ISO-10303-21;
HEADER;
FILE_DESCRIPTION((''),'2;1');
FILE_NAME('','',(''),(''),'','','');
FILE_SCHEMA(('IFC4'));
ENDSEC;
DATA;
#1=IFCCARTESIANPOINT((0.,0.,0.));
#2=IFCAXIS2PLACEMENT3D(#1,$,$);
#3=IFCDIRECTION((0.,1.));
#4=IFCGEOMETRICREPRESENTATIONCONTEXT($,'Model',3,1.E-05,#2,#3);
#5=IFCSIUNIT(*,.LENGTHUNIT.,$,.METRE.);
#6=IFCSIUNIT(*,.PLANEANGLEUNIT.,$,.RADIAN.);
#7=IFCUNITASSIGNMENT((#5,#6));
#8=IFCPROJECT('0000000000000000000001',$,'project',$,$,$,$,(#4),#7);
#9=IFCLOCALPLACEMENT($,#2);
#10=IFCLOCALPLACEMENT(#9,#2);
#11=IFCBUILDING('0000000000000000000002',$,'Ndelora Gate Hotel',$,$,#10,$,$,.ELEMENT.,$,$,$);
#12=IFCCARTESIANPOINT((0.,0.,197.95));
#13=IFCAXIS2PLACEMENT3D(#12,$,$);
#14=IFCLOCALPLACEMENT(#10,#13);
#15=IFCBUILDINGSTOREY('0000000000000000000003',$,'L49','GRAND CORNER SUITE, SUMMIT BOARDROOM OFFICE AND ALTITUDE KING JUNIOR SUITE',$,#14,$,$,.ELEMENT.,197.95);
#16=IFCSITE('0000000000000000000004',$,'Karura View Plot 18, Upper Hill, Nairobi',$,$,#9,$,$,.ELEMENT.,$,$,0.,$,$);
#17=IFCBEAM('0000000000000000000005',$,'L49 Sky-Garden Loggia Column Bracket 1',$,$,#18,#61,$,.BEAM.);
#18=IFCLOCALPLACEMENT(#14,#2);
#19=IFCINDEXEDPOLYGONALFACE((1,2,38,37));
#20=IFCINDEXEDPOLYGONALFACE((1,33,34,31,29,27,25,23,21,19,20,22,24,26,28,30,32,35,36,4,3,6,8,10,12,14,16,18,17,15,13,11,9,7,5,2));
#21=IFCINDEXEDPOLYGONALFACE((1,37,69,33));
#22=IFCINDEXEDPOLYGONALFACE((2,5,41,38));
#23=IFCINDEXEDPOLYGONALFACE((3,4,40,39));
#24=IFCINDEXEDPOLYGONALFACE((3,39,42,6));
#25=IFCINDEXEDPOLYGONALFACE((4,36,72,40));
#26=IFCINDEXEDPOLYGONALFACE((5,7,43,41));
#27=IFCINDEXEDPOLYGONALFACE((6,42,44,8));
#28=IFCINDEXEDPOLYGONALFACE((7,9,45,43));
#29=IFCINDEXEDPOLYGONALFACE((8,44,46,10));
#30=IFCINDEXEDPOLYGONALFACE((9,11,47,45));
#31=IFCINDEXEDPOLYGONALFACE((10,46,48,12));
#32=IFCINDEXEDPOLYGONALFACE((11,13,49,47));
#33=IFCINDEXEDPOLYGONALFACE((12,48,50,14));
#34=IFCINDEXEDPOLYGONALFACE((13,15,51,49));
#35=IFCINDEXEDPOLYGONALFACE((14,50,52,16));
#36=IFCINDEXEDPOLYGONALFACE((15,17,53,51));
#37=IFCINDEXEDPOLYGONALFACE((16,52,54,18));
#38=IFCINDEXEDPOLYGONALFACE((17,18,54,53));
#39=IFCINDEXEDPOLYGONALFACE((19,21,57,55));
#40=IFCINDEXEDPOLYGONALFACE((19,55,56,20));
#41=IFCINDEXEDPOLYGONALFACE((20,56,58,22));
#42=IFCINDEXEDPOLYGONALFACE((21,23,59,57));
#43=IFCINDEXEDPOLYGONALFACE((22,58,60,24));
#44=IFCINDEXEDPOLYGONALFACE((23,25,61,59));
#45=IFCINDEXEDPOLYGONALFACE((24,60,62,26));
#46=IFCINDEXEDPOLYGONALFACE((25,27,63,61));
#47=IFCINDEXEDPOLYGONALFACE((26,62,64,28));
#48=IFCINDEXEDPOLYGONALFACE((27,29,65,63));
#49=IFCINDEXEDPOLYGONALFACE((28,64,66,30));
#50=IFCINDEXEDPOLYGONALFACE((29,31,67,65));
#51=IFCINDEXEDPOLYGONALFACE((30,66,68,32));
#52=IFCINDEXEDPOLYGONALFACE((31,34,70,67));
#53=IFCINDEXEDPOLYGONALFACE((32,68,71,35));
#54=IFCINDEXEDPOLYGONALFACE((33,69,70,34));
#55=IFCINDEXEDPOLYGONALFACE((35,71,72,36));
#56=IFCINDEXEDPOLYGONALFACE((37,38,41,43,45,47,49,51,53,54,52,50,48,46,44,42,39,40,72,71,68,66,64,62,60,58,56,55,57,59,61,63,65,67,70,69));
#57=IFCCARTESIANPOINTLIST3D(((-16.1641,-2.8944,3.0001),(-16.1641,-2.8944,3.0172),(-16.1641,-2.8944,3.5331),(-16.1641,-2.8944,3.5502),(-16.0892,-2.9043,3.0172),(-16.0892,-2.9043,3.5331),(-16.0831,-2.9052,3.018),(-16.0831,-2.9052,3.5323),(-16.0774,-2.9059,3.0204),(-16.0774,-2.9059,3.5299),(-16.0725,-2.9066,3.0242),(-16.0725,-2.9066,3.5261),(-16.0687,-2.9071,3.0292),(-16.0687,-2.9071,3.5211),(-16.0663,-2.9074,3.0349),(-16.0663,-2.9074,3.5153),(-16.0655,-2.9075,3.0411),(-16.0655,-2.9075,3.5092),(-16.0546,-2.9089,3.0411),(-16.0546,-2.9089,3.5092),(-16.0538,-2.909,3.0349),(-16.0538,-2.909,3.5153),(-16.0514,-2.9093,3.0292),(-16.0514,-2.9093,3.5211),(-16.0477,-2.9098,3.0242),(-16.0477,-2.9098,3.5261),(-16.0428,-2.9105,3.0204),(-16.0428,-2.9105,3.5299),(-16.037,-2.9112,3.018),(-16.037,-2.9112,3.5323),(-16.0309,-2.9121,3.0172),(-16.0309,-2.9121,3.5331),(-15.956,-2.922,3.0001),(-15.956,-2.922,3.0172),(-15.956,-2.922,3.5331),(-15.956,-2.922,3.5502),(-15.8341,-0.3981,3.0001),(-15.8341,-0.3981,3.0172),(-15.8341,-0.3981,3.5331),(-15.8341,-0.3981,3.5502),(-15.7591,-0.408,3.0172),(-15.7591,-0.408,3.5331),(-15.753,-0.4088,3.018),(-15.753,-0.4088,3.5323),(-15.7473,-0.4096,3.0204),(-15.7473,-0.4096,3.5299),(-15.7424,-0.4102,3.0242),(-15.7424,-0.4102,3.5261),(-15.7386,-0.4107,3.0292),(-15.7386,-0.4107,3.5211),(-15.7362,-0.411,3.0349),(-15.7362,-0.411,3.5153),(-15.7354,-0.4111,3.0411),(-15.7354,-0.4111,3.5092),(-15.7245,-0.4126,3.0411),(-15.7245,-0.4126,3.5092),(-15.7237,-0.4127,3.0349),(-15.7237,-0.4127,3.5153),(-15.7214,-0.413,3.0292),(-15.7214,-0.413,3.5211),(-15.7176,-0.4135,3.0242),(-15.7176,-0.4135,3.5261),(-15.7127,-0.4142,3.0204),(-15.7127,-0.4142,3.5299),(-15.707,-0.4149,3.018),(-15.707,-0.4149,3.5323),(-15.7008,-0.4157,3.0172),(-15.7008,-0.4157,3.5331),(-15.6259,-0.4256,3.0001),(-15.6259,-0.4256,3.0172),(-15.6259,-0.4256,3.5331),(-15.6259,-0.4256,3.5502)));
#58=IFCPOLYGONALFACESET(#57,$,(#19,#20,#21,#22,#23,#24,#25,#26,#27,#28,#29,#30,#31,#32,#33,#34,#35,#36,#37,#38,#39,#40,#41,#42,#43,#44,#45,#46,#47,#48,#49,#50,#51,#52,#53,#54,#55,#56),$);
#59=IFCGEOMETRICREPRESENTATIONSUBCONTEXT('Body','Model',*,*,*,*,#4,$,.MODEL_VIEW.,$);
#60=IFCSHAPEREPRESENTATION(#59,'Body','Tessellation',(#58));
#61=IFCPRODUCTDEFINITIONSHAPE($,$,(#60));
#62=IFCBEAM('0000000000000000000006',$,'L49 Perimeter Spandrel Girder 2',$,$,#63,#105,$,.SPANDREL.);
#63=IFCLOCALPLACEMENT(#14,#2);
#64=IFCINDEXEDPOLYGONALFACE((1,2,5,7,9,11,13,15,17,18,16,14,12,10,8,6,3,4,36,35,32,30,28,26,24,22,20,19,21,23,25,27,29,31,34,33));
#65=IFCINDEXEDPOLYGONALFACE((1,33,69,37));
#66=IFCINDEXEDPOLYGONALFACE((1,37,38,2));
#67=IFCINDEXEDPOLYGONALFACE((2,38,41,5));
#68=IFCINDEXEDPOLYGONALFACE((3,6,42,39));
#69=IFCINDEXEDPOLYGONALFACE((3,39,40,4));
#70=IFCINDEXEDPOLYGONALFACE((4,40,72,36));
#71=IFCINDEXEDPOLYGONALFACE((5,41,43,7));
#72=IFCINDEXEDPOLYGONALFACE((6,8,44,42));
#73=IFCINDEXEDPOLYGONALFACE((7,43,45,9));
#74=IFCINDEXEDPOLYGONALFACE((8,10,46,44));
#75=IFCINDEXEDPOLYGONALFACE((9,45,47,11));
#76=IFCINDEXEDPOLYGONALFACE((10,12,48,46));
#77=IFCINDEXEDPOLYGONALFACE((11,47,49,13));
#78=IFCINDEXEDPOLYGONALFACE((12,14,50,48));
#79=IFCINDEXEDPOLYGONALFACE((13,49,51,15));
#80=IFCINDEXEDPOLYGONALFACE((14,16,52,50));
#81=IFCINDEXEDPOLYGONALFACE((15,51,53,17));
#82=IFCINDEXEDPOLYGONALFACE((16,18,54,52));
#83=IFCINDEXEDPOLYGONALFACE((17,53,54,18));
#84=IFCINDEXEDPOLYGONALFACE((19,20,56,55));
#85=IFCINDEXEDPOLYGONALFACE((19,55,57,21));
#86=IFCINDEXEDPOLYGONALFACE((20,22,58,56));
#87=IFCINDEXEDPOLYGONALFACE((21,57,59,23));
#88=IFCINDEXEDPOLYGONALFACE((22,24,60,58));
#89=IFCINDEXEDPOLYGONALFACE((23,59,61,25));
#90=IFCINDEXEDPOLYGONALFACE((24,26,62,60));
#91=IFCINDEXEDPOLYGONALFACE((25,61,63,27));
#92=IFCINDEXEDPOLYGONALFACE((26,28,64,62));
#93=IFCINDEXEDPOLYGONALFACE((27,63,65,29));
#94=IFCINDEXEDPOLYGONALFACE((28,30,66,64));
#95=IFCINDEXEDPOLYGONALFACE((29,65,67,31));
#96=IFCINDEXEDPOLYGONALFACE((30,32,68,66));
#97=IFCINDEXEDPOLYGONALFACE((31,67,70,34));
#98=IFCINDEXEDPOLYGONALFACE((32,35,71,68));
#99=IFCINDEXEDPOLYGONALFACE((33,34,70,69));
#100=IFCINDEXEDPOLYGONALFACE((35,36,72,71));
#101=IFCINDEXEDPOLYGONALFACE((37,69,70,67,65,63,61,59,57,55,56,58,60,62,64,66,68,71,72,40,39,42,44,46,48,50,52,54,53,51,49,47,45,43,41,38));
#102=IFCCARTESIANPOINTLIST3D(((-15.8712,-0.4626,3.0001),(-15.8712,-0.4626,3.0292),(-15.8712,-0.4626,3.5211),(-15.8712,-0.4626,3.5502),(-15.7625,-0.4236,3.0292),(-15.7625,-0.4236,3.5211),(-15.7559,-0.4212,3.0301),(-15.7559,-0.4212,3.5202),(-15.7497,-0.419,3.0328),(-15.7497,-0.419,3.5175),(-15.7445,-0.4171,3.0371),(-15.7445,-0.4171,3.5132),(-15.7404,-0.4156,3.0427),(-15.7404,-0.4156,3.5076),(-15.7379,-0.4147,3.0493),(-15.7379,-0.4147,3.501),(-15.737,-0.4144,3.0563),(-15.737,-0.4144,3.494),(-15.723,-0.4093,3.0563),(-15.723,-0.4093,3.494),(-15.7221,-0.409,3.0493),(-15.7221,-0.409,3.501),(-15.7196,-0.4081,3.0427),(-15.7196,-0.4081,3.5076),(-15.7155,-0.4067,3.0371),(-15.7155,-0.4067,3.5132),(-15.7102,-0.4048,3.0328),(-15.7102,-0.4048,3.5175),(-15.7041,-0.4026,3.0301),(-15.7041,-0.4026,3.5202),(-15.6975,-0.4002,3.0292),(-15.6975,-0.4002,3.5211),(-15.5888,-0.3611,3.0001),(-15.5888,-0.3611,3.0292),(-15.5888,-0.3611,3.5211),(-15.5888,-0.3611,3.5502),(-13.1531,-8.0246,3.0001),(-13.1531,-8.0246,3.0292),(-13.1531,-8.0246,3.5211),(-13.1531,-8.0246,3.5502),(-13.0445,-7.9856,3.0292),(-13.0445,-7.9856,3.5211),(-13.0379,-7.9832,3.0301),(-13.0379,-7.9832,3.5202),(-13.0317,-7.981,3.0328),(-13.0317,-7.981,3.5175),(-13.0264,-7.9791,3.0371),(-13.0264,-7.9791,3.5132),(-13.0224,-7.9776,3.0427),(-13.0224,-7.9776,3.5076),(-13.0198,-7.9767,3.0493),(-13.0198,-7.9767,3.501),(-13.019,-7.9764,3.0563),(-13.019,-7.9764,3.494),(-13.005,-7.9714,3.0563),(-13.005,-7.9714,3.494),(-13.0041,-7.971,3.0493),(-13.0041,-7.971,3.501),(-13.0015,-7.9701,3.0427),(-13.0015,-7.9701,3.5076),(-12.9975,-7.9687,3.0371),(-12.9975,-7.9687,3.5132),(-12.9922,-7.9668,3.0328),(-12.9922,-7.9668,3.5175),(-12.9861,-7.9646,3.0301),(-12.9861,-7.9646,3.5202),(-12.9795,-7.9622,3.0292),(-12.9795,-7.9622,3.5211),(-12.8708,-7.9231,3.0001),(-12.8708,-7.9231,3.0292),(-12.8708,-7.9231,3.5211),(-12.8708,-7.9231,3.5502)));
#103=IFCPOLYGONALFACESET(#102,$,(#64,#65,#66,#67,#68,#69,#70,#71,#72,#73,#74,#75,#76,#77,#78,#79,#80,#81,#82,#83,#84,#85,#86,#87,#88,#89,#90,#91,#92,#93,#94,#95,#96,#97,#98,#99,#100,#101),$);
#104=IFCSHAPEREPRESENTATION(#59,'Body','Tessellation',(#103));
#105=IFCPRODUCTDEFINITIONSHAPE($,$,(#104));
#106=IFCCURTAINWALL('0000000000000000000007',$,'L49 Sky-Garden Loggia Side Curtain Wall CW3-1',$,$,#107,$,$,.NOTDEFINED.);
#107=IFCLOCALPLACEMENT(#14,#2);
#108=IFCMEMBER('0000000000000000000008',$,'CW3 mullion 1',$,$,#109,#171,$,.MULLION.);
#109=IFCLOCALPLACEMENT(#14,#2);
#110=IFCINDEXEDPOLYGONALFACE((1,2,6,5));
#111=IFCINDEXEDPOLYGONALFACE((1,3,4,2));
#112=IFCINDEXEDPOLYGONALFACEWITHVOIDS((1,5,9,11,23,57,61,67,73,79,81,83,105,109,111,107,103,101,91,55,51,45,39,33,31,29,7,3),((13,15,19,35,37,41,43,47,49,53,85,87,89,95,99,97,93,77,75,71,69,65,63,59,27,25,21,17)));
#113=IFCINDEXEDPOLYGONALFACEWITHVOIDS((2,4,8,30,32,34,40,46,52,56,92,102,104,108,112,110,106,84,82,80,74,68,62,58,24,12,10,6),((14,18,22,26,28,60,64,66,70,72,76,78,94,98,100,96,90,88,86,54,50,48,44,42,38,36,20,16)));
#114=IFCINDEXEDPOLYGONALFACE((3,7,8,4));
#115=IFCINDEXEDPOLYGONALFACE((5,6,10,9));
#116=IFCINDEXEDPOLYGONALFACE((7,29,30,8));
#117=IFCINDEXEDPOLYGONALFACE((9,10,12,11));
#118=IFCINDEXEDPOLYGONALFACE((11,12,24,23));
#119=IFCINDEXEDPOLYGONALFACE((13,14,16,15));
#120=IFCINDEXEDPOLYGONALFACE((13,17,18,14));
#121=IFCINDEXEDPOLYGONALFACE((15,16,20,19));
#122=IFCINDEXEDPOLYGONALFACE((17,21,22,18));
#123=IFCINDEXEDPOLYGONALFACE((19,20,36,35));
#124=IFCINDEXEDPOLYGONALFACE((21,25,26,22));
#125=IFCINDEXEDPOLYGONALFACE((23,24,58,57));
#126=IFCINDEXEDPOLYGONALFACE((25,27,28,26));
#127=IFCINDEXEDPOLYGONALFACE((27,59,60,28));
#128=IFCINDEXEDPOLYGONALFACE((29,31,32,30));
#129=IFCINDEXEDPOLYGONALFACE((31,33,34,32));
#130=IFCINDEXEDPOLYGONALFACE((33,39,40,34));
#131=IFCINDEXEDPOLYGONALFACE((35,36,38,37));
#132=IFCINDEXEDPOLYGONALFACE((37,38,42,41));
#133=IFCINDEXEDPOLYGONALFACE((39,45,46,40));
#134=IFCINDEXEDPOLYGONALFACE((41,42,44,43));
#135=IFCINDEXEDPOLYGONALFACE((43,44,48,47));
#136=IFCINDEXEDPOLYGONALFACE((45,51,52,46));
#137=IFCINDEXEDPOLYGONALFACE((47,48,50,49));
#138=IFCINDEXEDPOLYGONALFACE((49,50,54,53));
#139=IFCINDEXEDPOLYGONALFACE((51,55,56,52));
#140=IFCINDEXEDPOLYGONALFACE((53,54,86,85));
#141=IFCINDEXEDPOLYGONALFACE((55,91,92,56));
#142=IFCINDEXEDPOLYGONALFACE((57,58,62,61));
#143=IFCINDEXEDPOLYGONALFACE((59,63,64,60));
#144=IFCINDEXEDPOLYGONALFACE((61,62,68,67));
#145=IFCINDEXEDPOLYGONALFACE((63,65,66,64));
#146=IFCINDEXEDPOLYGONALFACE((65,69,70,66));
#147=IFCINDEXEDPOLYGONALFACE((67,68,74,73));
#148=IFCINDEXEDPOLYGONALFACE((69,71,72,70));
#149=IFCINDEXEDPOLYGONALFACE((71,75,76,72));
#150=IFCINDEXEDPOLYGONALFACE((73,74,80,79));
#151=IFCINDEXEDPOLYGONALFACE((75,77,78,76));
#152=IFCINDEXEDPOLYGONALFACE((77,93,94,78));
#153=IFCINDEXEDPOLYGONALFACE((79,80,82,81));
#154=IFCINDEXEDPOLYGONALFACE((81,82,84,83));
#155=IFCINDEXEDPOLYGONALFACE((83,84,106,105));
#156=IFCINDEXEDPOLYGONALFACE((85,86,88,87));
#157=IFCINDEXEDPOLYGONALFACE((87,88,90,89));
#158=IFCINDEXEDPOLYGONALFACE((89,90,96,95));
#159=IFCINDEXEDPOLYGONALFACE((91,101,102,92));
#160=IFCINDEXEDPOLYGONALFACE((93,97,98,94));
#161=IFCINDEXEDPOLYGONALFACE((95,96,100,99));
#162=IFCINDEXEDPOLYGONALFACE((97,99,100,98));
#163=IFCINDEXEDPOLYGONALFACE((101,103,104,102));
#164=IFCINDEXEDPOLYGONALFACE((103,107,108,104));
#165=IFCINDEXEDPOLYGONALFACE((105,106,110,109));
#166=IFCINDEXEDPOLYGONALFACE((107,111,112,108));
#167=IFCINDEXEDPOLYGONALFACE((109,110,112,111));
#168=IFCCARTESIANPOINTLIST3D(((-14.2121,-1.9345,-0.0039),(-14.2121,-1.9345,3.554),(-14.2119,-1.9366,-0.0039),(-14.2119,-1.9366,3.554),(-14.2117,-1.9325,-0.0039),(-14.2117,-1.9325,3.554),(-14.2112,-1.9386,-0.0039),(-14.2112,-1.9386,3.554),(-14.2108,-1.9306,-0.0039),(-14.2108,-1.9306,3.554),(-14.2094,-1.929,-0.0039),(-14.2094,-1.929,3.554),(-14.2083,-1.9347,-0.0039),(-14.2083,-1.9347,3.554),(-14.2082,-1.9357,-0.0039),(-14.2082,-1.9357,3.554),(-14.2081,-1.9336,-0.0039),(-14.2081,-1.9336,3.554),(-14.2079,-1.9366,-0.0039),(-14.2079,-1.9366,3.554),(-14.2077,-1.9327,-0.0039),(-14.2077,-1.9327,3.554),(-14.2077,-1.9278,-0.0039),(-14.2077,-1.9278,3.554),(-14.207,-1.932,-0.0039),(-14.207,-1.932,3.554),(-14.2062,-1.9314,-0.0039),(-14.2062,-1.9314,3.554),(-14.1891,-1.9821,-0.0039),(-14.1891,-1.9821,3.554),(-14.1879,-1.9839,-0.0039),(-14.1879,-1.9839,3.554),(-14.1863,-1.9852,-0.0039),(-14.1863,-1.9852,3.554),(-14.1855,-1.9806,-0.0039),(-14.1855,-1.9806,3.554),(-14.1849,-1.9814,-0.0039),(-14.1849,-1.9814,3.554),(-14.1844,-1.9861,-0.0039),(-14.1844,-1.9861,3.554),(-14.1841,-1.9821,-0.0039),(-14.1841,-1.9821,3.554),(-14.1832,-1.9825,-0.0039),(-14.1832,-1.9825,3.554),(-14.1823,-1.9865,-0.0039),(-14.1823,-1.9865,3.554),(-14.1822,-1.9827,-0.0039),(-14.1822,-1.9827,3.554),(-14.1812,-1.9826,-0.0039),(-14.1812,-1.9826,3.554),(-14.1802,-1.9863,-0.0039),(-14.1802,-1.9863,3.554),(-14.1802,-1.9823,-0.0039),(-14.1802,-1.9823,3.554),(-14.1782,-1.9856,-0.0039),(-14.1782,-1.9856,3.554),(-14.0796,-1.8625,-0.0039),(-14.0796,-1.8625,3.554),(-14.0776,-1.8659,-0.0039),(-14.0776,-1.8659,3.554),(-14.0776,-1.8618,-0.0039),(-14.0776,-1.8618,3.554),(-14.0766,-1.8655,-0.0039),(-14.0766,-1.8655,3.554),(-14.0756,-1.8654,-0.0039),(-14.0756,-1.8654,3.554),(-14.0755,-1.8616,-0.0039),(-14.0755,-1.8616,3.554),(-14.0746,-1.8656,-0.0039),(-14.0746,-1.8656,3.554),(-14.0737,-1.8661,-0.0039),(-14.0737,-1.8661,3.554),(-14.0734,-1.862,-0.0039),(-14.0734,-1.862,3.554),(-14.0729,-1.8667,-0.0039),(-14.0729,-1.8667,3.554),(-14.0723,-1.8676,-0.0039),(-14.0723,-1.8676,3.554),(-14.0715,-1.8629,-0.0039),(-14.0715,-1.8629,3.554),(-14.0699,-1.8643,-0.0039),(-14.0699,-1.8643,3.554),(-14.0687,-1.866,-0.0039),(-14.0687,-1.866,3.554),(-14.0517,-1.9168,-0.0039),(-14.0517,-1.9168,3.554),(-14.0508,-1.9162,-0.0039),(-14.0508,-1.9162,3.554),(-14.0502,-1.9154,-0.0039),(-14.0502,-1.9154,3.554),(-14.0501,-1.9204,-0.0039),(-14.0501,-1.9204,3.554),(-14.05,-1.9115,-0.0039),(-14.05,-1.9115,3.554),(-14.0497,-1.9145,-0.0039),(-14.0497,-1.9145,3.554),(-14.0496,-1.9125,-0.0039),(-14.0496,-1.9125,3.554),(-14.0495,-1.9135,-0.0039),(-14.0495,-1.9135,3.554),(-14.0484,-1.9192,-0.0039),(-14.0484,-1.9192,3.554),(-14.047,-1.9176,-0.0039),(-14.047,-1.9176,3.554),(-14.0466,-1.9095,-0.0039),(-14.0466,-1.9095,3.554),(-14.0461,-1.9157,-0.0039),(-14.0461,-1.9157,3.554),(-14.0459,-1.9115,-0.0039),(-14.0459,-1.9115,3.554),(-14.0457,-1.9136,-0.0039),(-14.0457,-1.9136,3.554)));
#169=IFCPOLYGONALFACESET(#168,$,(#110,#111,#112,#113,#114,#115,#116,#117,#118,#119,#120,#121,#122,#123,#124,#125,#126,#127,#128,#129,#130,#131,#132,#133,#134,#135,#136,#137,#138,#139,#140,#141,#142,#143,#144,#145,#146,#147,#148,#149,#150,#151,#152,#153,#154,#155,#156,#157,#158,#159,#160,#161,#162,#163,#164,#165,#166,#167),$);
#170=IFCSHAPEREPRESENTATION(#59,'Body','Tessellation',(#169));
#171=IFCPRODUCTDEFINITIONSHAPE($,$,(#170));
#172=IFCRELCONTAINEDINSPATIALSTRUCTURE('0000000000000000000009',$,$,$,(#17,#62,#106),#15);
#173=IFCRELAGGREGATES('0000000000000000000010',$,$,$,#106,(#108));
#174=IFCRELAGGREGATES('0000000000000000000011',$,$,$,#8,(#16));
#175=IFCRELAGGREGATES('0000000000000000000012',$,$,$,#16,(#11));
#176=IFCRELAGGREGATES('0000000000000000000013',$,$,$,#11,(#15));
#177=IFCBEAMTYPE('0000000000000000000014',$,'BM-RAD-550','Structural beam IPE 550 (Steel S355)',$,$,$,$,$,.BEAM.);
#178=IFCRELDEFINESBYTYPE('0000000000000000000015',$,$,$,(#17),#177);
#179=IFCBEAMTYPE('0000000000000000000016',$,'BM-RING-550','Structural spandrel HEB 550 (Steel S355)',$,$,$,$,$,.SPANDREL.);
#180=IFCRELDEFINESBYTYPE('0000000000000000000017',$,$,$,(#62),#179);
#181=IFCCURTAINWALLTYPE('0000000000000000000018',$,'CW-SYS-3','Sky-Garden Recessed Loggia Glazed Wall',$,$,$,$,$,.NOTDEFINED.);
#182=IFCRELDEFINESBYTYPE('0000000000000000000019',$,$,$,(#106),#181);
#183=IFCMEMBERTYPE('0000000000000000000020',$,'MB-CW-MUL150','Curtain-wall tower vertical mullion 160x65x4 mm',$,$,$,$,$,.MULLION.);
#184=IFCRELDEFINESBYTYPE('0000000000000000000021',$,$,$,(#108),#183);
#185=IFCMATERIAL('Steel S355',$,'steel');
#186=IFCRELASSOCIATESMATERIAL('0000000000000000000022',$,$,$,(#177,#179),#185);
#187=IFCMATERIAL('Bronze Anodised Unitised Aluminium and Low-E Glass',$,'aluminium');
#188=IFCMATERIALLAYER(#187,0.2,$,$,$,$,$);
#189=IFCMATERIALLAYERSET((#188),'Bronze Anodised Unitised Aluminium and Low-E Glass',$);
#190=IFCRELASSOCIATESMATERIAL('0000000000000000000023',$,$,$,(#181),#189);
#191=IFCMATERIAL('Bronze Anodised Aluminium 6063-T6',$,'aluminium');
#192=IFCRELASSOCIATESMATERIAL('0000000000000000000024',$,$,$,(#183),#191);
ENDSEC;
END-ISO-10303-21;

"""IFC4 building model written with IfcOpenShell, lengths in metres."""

from ifc_helpers import new_model, si_unit, direction, frame, origin, origin_2d, place, context, subcontext, project, spatial, hollow_rectangle, i_section, extrude, material, layer, layer_set, material_profile, profile_set, type_object, element, aggregate, save


model = new_model("IFC4")

# Units and contexts
model_context = context("Model", 3, precision=1e-05, world=origin(), true_north=direction((0.0, 1.0)))
body_context = subcontext(model_context, "Body", "Model", "MODEL_VIEW")
ifc_project = project(units=[si_unit("LENGTHUNIT", "METRE"), si_unit("PLANEANGLEUNIT", "RADIAN")], contexts=[model_context])

# Site, building, storey
site_placement = place(None, origin())
site = spatial("IfcSite", under=ifc_project, at=site_placement, Name="Karura View Plot 18, Upper Hill, Nairobi", CompositionType="ELEMENT", RefElevation=0.0)
building_placement = place(site_placement, origin())
building = spatial("IfcBuilding", under=site, at=building_placement, Name="Ndelora Gate Hotel", CompositionType="ELEMENT")
storey_placement = place(building_placement, frame((0.0, 0.0, 197.95)))
storey = spatial("IfcBuildingStorey", under=building, at=storey_placement, Name="L49", Description="GRAND CORNER SUITE, SUMMIT BOARDROOM OFFICE AND ALTITUDE KING JUNIOR SUITE", CompositionType="ELEMENT", Elevation=197.95)

# Beams
ifc_material_1 = material(Name="Steel S355", Category="steel")
ifc_material_profile_1 = material_profile(ifc_material_1, i_section(OverallWidth=0.21, OverallDepth=0.55, WebThickness=0.011, FlangeThickness=0.0171, FilletRadius=0.0239, at=origin_2d()), Name="IPE 550")
ifc_profile_set_1 = profile_set([ifc_material_profile_1], Name="Steel S355")
beam_type_1 = type_object("IfcBeamType", Name="BM-RAD-550", Description="Structural beam IPE 550 (Steel S355)", PredefinedType="BEAM", material=ifc_profile_set_1)
beam_1_placement = place(storey_placement, frame((-15.73, -0.4119, 3.2751), z_axis=(-0.131084, -0.991371, 0.0), x_axis=(0.991371, -0.131084, 0.0)))
element("IfcBeam", 1, at=beam_1_placement, inside=storey, type_object=beam_type_1, Name="L49 Sky-Garden Loggia Column Bracket 1", PredefinedType="BEAM", context=body_context, shape_type="SweptSolid", body=[
    extrude(i_section(OverallWidth=0.21, OverallDepth=0.55, WebThickness=0.011, FlangeThickness=0.0171, FilletRadius=0.0239, at=origin_2d()), origin(), (0.0, 0.0, 1.0), 2.5181),
])
ifc_material_profile_2 = material_profile(ifc_material_1, i_section(OverallWidth=0.3, OverallDepth=0.55, WebThickness=0.0149, FlangeThickness=0.0291, FilletRadius=0.0271, at=origin_2d()), Name="HEB 550")
ifc_profile_set_2 = profile_set([ifc_material_profile_2], Name="Steel S355")
beam_type_2 = type_object("IfcBeamType", Name="BM-RING-550", Description="Structural spandrel HEB 550 (Steel S355)", PredefinedType="SPANDREL", material=ifc_profile_set_2)
beam_2_placement = place(storey_placement, frame((-15.73, -0.4119, 3.2751), z_axis=(0.338245, -0.941058, 0.0), x_axis=(0.941058, 0.338245, 0.0)))
element("IfcBeam", 2, at=beam_2_placement, inside=storey, type_object=beam_type_2, Name="L49 Perimeter Spandrel Girder 2", PredefinedType="SPANDREL", context=body_context, shape_type="SweptSolid", body=[
    extrude(i_section(OverallWidth=0.3, OverallDepth=0.55, WebThickness=0.0149, FlangeThickness=0.0291, FilletRadius=0.0271, at=origin_2d()), origin(), (0.0, 0.0, 1.0), 8.0356),
])

# Curtain wall, member
ifc_material_2 = material(Name="Bronze Anodised Unitised Aluminium and Low-E Glass", Category="aluminium")
ifc_layer_1 = layer(ifc_material_2, 0.2)
ifc_layer_set_1 = layer_set([ifc_layer_1], Name="Bronze Anodised Unitised Aluminium and Low-E Glass")
curtain_wall_type = type_object("IfcCurtainWallType", Name="CW-SYS-3", Description="Sky-Garden Recessed Loggia Glazed Wall", PredefinedType="NOTDEFINED", material=ifc_layer_set_1)
curtain_wall_placement = place(storey_placement, origin())
curtain_wall = element("IfcCurtainWall", 3, at=curtain_wall_placement, inside=storey, type_object=curtain_wall_type, Name="L49 Sky-Garden Loggia Side Curtain Wall CW3-1", PredefinedType="NOTDEFINED")
ifc_material_3 = material(Name="Bronze Anodised Aluminium 6063-T6", Category="aluminium")
ifc_material_profile_3 = material_profile(ifc_material_3, hollow_rectangle(XDim=0.0649, YDim=0.1599, WallThickness=0.0039, InnerFilletRadius=0.0039, OuterFilletRadius=0.0081, at=origin_2d()), Name="ALU 160x65x4")
ifc_profile_set_3 = profile_set([ifc_material_profile_3], Name="Bronze Anodised Aluminium 6063-T6")
member_type_1 = type_object("IfcMemberType", Name="MB-CW-MUL150", Description="Curtain-wall tower vertical mullion 160x65x4 mm", PredefinedType="MULLION", material=ifc_profile_set_3)
member_1_placement = place(storey_placement, frame((-14.1289, -1.9241, -0.0039), z_axis=(0.0, 0.0, 1.0), x_axis=(0.454001, -0.891001, 0.0)))
member_1 = element("IfcMember", 4, at=member_1_placement, type_object=member_type_1, Name="CW3 mullion 1", PredefinedType="MULLION", context=body_context, shape_type="SweptSolid", body=[
    extrude(hollow_rectangle(XDim=0.0649, YDim=0.1599, WallThickness=0.0039, InnerFilletRadius=0.0039, OuterFilletRadius=0.0081, at=origin_2d()), origin(), (0.0, 0.0, 1.0), 3.5579),
])
aggregate(curtain_wall, [member_1])

save(model, "model.ifc")
